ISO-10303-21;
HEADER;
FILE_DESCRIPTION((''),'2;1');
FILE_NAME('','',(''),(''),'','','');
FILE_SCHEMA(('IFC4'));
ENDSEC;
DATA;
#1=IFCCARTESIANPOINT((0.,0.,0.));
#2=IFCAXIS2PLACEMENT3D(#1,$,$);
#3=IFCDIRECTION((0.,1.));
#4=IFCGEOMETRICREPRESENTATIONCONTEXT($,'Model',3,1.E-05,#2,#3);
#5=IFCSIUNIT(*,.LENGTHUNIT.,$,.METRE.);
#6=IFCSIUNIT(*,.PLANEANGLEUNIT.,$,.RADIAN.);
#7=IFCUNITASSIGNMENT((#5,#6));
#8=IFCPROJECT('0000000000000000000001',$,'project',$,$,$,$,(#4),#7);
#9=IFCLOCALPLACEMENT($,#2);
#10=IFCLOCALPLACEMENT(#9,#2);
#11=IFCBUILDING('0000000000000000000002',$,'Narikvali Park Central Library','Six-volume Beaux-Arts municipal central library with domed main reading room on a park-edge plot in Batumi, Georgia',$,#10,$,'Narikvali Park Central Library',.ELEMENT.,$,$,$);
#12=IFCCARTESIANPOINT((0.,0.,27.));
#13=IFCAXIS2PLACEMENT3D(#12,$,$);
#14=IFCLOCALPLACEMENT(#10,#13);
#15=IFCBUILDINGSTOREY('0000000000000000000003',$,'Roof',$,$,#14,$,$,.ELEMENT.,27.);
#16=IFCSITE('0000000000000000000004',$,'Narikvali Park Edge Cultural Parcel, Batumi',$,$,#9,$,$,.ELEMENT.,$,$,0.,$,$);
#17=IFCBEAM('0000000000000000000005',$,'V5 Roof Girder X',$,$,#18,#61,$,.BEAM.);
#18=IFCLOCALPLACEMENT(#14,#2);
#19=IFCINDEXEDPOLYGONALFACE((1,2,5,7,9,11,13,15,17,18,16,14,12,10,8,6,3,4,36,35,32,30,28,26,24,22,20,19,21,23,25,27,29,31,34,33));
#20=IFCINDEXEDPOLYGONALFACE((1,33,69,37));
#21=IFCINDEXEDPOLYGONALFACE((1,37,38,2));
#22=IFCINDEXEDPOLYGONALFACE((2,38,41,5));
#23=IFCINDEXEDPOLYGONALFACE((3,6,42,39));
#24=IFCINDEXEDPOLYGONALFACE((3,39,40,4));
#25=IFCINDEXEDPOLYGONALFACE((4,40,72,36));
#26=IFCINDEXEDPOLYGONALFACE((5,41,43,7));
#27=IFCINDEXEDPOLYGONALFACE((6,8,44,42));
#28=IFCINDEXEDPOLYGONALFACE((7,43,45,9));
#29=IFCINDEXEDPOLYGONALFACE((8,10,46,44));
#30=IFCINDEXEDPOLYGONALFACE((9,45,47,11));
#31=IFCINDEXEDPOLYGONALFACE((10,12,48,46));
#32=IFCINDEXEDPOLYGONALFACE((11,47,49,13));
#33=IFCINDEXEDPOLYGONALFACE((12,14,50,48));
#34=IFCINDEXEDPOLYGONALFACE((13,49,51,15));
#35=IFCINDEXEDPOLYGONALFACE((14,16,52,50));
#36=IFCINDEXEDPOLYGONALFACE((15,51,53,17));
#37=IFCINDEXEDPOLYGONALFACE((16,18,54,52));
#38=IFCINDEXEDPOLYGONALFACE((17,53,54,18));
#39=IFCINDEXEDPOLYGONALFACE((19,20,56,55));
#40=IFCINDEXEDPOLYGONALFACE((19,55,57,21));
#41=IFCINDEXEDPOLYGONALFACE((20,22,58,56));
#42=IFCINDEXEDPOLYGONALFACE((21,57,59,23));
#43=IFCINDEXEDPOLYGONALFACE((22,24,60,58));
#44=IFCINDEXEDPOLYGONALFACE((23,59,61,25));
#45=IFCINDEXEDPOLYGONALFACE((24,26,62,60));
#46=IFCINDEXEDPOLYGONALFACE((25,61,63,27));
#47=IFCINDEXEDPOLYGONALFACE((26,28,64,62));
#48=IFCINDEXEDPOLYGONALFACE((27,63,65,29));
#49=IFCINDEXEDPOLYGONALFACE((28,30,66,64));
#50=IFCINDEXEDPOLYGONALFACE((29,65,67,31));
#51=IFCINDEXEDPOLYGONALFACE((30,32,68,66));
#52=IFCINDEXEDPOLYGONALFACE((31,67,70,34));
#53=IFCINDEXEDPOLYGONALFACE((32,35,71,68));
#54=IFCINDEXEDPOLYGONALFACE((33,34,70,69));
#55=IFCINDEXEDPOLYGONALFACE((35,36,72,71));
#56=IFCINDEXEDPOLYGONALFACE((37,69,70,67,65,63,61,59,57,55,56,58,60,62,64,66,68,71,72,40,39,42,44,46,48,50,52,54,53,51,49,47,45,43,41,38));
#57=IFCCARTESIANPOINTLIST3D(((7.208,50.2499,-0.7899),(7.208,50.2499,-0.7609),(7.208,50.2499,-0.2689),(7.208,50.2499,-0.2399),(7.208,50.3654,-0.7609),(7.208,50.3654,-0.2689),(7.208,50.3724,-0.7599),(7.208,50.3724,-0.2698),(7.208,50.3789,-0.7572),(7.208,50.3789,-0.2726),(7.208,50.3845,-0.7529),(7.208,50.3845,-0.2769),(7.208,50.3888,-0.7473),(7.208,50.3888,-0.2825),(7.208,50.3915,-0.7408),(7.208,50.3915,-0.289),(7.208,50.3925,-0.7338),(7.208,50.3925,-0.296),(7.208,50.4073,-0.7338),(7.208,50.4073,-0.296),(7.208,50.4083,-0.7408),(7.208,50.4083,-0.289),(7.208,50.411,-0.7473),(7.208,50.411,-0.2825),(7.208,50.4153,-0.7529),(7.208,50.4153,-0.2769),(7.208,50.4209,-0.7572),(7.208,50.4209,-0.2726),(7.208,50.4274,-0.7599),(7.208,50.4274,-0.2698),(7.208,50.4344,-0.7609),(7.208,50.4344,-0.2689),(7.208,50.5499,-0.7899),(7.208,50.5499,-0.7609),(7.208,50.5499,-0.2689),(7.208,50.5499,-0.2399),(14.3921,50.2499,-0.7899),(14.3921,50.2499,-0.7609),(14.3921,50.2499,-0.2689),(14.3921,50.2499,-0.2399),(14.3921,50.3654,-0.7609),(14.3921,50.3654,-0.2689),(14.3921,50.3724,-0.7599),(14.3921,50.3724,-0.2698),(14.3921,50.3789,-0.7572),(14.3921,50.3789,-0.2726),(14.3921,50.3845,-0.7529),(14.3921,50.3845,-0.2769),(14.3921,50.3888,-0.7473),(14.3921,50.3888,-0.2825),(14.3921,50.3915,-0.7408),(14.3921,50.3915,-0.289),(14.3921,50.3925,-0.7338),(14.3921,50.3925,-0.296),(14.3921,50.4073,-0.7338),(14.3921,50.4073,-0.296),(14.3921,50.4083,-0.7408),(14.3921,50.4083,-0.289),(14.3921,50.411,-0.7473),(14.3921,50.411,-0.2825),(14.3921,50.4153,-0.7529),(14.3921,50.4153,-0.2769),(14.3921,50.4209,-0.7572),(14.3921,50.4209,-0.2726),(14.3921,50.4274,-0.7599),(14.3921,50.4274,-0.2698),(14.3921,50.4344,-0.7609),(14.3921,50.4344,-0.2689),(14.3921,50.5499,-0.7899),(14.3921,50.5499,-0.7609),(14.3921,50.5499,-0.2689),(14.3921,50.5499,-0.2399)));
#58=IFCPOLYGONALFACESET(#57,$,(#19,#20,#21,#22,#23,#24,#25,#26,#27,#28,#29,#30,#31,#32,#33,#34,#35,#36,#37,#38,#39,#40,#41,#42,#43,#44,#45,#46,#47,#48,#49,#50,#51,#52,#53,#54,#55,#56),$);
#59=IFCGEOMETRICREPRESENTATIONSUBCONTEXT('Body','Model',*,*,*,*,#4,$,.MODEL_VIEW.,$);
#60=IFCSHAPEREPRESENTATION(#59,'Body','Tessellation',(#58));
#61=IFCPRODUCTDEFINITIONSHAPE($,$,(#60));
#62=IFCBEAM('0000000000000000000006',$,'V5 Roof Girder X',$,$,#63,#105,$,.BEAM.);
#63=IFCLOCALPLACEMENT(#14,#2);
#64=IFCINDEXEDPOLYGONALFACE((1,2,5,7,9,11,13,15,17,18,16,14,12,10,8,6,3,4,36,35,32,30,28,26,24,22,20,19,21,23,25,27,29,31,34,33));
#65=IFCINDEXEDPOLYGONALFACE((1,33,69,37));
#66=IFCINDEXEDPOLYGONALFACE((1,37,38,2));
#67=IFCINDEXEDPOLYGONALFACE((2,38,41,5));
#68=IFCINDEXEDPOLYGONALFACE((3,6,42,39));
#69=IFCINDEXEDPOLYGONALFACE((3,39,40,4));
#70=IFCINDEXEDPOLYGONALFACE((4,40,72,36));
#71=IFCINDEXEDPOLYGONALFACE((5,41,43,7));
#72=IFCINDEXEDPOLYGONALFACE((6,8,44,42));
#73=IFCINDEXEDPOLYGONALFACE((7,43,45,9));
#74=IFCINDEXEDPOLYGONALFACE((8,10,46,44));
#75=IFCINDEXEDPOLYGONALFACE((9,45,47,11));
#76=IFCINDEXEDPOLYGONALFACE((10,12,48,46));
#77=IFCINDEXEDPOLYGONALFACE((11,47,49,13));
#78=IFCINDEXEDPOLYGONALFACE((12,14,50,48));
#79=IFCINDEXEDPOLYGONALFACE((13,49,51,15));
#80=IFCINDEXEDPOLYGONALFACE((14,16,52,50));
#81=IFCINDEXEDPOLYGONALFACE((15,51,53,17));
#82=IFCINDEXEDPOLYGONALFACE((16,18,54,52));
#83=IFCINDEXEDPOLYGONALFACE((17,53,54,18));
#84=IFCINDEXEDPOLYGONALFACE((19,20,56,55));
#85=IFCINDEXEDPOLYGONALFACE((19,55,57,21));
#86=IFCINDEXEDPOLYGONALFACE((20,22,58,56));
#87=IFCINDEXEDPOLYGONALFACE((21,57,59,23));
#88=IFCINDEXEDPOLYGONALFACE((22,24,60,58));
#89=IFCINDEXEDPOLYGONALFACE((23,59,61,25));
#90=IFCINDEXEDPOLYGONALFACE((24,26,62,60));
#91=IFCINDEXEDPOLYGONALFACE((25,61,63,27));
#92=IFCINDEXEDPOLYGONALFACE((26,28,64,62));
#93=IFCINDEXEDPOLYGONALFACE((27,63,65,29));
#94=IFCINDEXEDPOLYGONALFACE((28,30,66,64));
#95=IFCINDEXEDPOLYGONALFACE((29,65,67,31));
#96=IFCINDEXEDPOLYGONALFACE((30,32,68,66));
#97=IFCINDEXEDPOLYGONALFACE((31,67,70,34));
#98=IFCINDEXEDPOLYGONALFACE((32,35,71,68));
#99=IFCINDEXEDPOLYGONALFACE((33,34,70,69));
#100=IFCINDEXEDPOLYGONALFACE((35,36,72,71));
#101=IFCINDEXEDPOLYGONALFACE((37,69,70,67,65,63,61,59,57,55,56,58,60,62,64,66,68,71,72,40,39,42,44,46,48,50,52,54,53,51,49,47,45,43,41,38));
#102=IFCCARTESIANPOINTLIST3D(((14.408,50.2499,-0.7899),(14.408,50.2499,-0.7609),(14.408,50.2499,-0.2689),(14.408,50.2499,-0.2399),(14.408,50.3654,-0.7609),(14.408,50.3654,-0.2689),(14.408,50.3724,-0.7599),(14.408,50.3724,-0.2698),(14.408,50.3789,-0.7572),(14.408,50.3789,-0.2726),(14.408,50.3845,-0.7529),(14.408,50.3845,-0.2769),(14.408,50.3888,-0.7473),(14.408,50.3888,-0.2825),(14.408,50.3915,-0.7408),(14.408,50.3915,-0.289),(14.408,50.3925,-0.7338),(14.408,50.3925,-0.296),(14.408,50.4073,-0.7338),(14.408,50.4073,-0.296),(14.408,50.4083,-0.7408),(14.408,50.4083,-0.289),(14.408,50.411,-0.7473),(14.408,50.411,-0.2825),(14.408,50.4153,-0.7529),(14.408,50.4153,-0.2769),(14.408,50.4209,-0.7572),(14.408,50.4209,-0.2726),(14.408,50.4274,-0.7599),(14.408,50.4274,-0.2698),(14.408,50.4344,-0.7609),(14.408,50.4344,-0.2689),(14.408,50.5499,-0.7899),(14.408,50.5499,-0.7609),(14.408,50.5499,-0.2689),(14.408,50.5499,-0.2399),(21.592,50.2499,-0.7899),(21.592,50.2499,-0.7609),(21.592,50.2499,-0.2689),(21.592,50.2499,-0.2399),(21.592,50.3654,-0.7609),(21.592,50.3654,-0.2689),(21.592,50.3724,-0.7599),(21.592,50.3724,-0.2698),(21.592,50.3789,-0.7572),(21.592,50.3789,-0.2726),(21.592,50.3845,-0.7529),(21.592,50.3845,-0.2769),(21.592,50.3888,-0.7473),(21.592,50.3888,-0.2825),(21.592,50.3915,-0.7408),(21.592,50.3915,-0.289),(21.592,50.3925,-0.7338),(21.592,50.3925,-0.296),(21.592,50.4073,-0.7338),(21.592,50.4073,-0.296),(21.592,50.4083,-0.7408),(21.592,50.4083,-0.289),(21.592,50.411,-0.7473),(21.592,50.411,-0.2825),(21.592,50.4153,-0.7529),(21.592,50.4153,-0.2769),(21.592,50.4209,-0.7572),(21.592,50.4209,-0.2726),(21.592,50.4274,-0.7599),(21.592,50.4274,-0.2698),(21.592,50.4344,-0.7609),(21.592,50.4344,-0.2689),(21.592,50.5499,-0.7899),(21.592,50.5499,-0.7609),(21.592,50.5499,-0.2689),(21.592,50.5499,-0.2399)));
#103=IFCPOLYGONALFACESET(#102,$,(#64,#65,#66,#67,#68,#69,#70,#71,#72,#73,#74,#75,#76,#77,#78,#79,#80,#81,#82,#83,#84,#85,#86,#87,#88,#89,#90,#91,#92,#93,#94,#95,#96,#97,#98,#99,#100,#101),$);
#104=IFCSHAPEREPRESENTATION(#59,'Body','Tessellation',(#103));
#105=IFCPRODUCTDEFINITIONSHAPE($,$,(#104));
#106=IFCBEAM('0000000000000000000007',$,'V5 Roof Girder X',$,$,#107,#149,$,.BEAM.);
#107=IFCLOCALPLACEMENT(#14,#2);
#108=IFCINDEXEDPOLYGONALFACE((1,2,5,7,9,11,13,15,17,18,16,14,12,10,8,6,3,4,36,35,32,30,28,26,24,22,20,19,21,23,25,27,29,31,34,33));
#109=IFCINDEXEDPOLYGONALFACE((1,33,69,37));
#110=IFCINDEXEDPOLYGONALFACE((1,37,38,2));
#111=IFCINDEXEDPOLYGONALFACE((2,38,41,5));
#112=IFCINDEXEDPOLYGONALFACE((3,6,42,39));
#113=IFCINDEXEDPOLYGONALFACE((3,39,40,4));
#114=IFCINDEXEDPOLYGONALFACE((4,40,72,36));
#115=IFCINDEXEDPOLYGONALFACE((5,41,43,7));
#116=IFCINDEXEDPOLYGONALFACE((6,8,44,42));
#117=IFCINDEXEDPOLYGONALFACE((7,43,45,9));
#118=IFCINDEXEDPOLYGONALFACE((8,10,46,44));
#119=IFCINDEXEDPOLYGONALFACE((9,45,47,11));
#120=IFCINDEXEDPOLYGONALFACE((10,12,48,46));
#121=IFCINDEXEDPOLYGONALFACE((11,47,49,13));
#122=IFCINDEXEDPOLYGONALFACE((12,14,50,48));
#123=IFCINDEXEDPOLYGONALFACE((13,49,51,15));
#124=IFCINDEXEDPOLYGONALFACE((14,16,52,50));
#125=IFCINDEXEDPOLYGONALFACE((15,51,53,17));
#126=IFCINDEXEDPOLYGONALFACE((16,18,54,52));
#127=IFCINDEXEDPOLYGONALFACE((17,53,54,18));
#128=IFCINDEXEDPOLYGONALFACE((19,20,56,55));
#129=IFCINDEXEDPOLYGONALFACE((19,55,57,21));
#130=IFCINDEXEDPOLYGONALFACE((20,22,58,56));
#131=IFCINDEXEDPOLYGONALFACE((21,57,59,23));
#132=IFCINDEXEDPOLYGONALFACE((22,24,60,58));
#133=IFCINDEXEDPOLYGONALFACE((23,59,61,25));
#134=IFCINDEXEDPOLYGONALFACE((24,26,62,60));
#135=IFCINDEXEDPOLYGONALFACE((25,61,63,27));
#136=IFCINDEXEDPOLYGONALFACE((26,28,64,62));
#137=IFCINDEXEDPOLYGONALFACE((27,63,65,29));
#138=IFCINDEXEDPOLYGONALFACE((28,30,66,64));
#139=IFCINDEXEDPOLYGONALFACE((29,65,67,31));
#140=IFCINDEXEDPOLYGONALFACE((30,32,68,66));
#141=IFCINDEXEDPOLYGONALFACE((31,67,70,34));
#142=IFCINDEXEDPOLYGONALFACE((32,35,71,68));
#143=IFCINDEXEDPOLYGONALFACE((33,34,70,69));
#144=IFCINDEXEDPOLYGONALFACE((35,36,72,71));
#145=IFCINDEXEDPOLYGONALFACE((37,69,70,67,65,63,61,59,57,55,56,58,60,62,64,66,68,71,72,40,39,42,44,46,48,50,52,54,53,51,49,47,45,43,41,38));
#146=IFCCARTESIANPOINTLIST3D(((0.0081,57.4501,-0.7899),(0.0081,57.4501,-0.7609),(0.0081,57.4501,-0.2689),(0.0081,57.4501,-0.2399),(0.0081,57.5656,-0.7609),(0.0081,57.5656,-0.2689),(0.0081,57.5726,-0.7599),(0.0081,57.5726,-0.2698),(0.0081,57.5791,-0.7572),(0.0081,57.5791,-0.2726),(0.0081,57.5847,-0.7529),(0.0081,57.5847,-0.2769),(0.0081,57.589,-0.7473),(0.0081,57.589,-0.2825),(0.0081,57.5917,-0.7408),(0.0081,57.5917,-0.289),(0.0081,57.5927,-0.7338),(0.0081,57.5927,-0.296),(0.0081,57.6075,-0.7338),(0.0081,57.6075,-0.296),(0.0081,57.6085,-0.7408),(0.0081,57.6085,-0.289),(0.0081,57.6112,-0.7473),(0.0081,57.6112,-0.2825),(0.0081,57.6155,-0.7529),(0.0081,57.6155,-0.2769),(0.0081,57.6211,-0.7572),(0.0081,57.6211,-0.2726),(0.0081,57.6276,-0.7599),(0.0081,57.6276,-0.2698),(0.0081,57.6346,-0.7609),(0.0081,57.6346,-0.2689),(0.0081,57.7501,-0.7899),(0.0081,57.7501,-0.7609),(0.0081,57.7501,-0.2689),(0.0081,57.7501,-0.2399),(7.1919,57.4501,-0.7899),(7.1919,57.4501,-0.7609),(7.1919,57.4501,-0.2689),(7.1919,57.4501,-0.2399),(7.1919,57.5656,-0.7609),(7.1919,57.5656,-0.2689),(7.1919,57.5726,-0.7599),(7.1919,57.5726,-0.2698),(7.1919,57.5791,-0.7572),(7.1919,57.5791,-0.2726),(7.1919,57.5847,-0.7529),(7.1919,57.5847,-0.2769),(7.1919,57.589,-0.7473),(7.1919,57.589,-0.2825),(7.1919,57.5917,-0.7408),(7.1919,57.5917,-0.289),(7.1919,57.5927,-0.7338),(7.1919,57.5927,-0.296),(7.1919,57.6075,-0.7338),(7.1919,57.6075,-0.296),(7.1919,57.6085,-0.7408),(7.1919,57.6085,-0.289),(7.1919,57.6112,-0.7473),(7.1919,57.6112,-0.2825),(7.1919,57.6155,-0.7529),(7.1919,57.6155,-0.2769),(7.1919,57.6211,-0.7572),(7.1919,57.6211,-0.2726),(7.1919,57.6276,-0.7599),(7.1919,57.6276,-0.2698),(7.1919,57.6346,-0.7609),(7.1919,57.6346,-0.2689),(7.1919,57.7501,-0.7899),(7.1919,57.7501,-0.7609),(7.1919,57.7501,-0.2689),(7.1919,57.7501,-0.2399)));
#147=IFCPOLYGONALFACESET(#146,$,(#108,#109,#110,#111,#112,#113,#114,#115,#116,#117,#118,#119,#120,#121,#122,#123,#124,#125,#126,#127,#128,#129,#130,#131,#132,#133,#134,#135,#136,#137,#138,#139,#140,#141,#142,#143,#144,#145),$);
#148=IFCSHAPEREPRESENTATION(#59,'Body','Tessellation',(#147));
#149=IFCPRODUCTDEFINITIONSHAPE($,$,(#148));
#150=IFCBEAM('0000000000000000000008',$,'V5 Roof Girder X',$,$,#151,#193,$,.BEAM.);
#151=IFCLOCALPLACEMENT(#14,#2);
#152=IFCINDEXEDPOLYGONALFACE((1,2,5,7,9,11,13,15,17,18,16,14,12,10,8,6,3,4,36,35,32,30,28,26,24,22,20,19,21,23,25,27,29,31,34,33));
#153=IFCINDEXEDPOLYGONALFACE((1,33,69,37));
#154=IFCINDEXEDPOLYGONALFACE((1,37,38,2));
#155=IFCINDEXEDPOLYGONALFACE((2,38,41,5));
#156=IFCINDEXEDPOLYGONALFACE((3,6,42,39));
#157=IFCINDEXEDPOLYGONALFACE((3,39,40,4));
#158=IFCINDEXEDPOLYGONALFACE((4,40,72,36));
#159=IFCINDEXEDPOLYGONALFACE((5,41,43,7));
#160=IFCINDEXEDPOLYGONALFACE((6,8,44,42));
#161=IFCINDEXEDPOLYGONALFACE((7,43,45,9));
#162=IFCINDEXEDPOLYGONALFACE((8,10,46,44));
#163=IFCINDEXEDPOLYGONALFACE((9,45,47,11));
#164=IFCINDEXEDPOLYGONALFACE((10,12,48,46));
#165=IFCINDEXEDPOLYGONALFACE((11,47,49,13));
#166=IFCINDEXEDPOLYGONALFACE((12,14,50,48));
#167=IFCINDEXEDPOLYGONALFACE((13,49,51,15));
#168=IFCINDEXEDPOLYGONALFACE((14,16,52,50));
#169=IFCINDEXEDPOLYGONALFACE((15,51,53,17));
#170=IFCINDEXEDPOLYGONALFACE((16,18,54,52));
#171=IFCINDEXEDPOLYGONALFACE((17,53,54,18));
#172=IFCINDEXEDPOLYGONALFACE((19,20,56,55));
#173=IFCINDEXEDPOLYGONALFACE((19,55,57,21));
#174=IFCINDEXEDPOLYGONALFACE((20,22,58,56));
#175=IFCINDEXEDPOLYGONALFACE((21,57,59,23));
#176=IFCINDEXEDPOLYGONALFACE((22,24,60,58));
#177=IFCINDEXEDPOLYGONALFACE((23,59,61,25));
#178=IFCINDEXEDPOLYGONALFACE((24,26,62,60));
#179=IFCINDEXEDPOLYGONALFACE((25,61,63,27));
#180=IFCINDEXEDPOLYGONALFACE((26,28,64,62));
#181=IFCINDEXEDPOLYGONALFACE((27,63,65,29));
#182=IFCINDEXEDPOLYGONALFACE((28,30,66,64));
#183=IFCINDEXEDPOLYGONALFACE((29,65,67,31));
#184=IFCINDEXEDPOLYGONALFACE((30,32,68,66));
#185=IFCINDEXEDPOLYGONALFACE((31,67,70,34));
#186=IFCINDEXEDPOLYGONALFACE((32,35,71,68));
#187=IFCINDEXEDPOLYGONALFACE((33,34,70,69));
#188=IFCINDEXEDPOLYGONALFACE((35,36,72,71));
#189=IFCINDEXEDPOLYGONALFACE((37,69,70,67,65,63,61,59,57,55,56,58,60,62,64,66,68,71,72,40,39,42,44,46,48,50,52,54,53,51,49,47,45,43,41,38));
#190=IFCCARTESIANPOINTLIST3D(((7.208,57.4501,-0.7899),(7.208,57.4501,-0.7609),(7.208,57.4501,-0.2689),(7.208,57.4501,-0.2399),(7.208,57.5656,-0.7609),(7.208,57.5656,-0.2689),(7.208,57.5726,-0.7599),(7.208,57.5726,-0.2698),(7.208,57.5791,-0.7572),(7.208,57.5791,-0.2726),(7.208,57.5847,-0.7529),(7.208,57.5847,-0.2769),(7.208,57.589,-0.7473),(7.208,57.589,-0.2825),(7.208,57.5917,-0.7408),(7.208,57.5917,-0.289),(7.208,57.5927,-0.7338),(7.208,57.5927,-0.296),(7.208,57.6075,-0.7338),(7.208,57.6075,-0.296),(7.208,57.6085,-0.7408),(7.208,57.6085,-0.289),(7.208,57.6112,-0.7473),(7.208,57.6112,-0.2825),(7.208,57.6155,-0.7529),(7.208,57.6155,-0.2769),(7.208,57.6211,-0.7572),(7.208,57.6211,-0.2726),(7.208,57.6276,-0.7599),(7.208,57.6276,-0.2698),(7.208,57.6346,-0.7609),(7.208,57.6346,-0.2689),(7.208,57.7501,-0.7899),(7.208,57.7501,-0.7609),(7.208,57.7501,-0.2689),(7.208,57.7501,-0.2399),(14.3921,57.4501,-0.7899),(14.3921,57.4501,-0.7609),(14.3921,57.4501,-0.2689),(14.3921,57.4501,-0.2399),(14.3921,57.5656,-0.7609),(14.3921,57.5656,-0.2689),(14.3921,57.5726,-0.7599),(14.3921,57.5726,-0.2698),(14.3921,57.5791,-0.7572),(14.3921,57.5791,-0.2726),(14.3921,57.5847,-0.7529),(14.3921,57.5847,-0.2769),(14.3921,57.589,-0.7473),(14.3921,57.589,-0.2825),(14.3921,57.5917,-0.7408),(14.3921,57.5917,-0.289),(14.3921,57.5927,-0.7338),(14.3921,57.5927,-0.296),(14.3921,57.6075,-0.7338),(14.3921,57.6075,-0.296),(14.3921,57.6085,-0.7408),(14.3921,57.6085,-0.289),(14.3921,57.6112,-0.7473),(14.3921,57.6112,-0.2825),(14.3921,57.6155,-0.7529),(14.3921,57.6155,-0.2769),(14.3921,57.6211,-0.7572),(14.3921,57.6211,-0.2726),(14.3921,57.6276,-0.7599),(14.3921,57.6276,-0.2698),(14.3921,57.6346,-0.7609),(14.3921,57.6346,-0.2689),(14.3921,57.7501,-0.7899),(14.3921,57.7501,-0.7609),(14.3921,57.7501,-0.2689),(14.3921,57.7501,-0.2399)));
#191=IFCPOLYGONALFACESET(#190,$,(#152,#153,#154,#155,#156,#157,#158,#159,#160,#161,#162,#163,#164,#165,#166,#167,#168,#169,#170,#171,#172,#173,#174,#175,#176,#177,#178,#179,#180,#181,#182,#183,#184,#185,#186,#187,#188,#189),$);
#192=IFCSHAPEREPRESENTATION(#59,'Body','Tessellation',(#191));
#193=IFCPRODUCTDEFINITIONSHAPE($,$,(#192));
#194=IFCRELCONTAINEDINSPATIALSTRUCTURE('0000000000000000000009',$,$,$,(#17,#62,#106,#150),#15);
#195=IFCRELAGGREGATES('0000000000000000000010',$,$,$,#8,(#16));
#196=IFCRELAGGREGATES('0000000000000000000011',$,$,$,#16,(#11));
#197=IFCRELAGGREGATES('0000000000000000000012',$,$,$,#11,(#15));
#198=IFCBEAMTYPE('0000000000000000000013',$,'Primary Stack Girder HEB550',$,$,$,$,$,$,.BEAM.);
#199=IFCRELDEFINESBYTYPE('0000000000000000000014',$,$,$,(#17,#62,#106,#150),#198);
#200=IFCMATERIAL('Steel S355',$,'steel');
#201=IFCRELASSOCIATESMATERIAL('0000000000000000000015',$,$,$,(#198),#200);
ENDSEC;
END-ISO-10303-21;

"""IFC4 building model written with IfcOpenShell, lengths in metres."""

from ifc_helpers import new_model, si_unit, direction, frame, origin, origin_2d, place, context, subcontext, project, spatial, i_section, extrude, material, material_profile, profile_set, type_object, element, save


model = new_model("IFC4")

# Units and contexts
model_context = context("Model", 3, precision=1e-05, world=origin(), true_north=direction((0.0, 1.0)))
body_context = subcontext(model_context, "Body", "Model", "MODEL_VIEW")
ifc_project = project(units=[si_unit("LENGTHUNIT", "METRE"), si_unit("PLANEANGLEUNIT", "RADIAN")], contexts=[model_context])

# Site, building, storey
site_placement = place(None, origin())
site = spatial("IfcSite", under=ifc_project, at=site_placement, Name="Narikvali Park Edge Cultural Parcel, Batumi", CompositionType="ELEMENT", RefElevation=0.0)
building_placement = place(site_placement, origin())
building = spatial("IfcBuilding", under=site, at=building_placement, Name="Narikvali Park Central Library", Description="Six-volume Beaux-Arts municipal central library with domed main reading room on a park-edge plot in Batumi, Georgia", LongName="Narikvali Park Central Library", CompositionType="ELEMENT")
storey_placement = place(building_placement, frame((0.0, 0.0, 27.0)))
storey = spatial("IfcBuildingStorey", under=building, at=storey_placement, Name="Roof", CompositionType="ELEMENT", Elevation=27.0)

# Beams
ifc_material_1 = material(Name="Steel S355", Category="steel")
ifc_material_profile_1 = material_profile(ifc_material_1, i_section(OverallWidth=0.3, OverallDepth=0.55, WebThickness=0.0149, FlangeThickness=0.0291, FilletRadius=0.0271, at=origin_2d()), Name="HEB 550")
ifc_profile_set_1 = profile_set([ifc_material_profile_1], Name="Steel S355")
beam_type_1 = type_object("IfcBeamType", Name="Primary Stack Girder HEB550", PredefinedType="BEAM", material=ifc_profile_set_1)
for number, where, z_axis, x_axis, name in (
    (1, (7.208, 50.3999, -0.5149), (1.0, 0.0, 0.0), (0.0, 1.0, 0.0), "V5 Roof Girder X"),
    (2, (14.408, 50.3999, -0.5149), (1.0, 0.0, 0.0), (0.0, 1.0, 0.0), "V5 Roof Girder X"),
):
    element("IfcBeam", number, at=place(storey_placement, frame(where, z_axis=z_axis, x_axis=x_axis)), inside=storey, type_object=beam_type_1, Name=name, PredefinedType="BEAM", context=body_context, shape_type="SweptSolid", body=[
        extrude(i_section(OverallWidth=0.3, OverallDepth=0.55, WebThickness=0.0149, FlangeThickness=0.0291, FilletRadius=0.0271, at=origin_2d()), origin(), (0.0, 0.0, 1.0), 7.1841),
    ])
beam_1_placement = place(storey_placement, frame((0.0081, 57.6001, -0.5149), z_axis=(1.0, 0.0, 0.0), x_axis=(0.0, 1.0, 0.0)))
element("IfcBeam", 3, at=beam_1_placement, inside=storey, type_object=beam_type_1, Name="V5 Roof Girder X", PredefinedType="BEAM", context=body_context, shape_type="SweptSolid", body=[
    extrude(i_section(OverallWidth=0.3, OverallDepth=0.55, WebThickness=0.0149, FlangeThickness=0.0291, FilletRadius=0.0271, at=origin_2d()), origin(), (0.0, 0.0, 1.0), 7.1838),
])
beam_2_placement = place(storey_placement, frame((7.208, 57.6001, -0.5149), z_axis=(1.0, 0.0, 0.0), x_axis=(0.0, 1.0, 0.0)))
element("IfcBeam", 4, at=beam_2_placement, inside=storey, type_object=beam_type_1, Name="V5 Roof Girder X", PredefinedType="BEAM", context=body_context, shape_type="SweptSolid", body=[
    extrude(i_section(OverallWidth=0.3, OverallDepth=0.55, WebThickness=0.0149, FlangeThickness=0.0291, FilletRadius=0.0271, at=origin_2d()), origin(), (0.0, 0.0, 1.0), 7.1841),
])

save(model, "model.ifc")
